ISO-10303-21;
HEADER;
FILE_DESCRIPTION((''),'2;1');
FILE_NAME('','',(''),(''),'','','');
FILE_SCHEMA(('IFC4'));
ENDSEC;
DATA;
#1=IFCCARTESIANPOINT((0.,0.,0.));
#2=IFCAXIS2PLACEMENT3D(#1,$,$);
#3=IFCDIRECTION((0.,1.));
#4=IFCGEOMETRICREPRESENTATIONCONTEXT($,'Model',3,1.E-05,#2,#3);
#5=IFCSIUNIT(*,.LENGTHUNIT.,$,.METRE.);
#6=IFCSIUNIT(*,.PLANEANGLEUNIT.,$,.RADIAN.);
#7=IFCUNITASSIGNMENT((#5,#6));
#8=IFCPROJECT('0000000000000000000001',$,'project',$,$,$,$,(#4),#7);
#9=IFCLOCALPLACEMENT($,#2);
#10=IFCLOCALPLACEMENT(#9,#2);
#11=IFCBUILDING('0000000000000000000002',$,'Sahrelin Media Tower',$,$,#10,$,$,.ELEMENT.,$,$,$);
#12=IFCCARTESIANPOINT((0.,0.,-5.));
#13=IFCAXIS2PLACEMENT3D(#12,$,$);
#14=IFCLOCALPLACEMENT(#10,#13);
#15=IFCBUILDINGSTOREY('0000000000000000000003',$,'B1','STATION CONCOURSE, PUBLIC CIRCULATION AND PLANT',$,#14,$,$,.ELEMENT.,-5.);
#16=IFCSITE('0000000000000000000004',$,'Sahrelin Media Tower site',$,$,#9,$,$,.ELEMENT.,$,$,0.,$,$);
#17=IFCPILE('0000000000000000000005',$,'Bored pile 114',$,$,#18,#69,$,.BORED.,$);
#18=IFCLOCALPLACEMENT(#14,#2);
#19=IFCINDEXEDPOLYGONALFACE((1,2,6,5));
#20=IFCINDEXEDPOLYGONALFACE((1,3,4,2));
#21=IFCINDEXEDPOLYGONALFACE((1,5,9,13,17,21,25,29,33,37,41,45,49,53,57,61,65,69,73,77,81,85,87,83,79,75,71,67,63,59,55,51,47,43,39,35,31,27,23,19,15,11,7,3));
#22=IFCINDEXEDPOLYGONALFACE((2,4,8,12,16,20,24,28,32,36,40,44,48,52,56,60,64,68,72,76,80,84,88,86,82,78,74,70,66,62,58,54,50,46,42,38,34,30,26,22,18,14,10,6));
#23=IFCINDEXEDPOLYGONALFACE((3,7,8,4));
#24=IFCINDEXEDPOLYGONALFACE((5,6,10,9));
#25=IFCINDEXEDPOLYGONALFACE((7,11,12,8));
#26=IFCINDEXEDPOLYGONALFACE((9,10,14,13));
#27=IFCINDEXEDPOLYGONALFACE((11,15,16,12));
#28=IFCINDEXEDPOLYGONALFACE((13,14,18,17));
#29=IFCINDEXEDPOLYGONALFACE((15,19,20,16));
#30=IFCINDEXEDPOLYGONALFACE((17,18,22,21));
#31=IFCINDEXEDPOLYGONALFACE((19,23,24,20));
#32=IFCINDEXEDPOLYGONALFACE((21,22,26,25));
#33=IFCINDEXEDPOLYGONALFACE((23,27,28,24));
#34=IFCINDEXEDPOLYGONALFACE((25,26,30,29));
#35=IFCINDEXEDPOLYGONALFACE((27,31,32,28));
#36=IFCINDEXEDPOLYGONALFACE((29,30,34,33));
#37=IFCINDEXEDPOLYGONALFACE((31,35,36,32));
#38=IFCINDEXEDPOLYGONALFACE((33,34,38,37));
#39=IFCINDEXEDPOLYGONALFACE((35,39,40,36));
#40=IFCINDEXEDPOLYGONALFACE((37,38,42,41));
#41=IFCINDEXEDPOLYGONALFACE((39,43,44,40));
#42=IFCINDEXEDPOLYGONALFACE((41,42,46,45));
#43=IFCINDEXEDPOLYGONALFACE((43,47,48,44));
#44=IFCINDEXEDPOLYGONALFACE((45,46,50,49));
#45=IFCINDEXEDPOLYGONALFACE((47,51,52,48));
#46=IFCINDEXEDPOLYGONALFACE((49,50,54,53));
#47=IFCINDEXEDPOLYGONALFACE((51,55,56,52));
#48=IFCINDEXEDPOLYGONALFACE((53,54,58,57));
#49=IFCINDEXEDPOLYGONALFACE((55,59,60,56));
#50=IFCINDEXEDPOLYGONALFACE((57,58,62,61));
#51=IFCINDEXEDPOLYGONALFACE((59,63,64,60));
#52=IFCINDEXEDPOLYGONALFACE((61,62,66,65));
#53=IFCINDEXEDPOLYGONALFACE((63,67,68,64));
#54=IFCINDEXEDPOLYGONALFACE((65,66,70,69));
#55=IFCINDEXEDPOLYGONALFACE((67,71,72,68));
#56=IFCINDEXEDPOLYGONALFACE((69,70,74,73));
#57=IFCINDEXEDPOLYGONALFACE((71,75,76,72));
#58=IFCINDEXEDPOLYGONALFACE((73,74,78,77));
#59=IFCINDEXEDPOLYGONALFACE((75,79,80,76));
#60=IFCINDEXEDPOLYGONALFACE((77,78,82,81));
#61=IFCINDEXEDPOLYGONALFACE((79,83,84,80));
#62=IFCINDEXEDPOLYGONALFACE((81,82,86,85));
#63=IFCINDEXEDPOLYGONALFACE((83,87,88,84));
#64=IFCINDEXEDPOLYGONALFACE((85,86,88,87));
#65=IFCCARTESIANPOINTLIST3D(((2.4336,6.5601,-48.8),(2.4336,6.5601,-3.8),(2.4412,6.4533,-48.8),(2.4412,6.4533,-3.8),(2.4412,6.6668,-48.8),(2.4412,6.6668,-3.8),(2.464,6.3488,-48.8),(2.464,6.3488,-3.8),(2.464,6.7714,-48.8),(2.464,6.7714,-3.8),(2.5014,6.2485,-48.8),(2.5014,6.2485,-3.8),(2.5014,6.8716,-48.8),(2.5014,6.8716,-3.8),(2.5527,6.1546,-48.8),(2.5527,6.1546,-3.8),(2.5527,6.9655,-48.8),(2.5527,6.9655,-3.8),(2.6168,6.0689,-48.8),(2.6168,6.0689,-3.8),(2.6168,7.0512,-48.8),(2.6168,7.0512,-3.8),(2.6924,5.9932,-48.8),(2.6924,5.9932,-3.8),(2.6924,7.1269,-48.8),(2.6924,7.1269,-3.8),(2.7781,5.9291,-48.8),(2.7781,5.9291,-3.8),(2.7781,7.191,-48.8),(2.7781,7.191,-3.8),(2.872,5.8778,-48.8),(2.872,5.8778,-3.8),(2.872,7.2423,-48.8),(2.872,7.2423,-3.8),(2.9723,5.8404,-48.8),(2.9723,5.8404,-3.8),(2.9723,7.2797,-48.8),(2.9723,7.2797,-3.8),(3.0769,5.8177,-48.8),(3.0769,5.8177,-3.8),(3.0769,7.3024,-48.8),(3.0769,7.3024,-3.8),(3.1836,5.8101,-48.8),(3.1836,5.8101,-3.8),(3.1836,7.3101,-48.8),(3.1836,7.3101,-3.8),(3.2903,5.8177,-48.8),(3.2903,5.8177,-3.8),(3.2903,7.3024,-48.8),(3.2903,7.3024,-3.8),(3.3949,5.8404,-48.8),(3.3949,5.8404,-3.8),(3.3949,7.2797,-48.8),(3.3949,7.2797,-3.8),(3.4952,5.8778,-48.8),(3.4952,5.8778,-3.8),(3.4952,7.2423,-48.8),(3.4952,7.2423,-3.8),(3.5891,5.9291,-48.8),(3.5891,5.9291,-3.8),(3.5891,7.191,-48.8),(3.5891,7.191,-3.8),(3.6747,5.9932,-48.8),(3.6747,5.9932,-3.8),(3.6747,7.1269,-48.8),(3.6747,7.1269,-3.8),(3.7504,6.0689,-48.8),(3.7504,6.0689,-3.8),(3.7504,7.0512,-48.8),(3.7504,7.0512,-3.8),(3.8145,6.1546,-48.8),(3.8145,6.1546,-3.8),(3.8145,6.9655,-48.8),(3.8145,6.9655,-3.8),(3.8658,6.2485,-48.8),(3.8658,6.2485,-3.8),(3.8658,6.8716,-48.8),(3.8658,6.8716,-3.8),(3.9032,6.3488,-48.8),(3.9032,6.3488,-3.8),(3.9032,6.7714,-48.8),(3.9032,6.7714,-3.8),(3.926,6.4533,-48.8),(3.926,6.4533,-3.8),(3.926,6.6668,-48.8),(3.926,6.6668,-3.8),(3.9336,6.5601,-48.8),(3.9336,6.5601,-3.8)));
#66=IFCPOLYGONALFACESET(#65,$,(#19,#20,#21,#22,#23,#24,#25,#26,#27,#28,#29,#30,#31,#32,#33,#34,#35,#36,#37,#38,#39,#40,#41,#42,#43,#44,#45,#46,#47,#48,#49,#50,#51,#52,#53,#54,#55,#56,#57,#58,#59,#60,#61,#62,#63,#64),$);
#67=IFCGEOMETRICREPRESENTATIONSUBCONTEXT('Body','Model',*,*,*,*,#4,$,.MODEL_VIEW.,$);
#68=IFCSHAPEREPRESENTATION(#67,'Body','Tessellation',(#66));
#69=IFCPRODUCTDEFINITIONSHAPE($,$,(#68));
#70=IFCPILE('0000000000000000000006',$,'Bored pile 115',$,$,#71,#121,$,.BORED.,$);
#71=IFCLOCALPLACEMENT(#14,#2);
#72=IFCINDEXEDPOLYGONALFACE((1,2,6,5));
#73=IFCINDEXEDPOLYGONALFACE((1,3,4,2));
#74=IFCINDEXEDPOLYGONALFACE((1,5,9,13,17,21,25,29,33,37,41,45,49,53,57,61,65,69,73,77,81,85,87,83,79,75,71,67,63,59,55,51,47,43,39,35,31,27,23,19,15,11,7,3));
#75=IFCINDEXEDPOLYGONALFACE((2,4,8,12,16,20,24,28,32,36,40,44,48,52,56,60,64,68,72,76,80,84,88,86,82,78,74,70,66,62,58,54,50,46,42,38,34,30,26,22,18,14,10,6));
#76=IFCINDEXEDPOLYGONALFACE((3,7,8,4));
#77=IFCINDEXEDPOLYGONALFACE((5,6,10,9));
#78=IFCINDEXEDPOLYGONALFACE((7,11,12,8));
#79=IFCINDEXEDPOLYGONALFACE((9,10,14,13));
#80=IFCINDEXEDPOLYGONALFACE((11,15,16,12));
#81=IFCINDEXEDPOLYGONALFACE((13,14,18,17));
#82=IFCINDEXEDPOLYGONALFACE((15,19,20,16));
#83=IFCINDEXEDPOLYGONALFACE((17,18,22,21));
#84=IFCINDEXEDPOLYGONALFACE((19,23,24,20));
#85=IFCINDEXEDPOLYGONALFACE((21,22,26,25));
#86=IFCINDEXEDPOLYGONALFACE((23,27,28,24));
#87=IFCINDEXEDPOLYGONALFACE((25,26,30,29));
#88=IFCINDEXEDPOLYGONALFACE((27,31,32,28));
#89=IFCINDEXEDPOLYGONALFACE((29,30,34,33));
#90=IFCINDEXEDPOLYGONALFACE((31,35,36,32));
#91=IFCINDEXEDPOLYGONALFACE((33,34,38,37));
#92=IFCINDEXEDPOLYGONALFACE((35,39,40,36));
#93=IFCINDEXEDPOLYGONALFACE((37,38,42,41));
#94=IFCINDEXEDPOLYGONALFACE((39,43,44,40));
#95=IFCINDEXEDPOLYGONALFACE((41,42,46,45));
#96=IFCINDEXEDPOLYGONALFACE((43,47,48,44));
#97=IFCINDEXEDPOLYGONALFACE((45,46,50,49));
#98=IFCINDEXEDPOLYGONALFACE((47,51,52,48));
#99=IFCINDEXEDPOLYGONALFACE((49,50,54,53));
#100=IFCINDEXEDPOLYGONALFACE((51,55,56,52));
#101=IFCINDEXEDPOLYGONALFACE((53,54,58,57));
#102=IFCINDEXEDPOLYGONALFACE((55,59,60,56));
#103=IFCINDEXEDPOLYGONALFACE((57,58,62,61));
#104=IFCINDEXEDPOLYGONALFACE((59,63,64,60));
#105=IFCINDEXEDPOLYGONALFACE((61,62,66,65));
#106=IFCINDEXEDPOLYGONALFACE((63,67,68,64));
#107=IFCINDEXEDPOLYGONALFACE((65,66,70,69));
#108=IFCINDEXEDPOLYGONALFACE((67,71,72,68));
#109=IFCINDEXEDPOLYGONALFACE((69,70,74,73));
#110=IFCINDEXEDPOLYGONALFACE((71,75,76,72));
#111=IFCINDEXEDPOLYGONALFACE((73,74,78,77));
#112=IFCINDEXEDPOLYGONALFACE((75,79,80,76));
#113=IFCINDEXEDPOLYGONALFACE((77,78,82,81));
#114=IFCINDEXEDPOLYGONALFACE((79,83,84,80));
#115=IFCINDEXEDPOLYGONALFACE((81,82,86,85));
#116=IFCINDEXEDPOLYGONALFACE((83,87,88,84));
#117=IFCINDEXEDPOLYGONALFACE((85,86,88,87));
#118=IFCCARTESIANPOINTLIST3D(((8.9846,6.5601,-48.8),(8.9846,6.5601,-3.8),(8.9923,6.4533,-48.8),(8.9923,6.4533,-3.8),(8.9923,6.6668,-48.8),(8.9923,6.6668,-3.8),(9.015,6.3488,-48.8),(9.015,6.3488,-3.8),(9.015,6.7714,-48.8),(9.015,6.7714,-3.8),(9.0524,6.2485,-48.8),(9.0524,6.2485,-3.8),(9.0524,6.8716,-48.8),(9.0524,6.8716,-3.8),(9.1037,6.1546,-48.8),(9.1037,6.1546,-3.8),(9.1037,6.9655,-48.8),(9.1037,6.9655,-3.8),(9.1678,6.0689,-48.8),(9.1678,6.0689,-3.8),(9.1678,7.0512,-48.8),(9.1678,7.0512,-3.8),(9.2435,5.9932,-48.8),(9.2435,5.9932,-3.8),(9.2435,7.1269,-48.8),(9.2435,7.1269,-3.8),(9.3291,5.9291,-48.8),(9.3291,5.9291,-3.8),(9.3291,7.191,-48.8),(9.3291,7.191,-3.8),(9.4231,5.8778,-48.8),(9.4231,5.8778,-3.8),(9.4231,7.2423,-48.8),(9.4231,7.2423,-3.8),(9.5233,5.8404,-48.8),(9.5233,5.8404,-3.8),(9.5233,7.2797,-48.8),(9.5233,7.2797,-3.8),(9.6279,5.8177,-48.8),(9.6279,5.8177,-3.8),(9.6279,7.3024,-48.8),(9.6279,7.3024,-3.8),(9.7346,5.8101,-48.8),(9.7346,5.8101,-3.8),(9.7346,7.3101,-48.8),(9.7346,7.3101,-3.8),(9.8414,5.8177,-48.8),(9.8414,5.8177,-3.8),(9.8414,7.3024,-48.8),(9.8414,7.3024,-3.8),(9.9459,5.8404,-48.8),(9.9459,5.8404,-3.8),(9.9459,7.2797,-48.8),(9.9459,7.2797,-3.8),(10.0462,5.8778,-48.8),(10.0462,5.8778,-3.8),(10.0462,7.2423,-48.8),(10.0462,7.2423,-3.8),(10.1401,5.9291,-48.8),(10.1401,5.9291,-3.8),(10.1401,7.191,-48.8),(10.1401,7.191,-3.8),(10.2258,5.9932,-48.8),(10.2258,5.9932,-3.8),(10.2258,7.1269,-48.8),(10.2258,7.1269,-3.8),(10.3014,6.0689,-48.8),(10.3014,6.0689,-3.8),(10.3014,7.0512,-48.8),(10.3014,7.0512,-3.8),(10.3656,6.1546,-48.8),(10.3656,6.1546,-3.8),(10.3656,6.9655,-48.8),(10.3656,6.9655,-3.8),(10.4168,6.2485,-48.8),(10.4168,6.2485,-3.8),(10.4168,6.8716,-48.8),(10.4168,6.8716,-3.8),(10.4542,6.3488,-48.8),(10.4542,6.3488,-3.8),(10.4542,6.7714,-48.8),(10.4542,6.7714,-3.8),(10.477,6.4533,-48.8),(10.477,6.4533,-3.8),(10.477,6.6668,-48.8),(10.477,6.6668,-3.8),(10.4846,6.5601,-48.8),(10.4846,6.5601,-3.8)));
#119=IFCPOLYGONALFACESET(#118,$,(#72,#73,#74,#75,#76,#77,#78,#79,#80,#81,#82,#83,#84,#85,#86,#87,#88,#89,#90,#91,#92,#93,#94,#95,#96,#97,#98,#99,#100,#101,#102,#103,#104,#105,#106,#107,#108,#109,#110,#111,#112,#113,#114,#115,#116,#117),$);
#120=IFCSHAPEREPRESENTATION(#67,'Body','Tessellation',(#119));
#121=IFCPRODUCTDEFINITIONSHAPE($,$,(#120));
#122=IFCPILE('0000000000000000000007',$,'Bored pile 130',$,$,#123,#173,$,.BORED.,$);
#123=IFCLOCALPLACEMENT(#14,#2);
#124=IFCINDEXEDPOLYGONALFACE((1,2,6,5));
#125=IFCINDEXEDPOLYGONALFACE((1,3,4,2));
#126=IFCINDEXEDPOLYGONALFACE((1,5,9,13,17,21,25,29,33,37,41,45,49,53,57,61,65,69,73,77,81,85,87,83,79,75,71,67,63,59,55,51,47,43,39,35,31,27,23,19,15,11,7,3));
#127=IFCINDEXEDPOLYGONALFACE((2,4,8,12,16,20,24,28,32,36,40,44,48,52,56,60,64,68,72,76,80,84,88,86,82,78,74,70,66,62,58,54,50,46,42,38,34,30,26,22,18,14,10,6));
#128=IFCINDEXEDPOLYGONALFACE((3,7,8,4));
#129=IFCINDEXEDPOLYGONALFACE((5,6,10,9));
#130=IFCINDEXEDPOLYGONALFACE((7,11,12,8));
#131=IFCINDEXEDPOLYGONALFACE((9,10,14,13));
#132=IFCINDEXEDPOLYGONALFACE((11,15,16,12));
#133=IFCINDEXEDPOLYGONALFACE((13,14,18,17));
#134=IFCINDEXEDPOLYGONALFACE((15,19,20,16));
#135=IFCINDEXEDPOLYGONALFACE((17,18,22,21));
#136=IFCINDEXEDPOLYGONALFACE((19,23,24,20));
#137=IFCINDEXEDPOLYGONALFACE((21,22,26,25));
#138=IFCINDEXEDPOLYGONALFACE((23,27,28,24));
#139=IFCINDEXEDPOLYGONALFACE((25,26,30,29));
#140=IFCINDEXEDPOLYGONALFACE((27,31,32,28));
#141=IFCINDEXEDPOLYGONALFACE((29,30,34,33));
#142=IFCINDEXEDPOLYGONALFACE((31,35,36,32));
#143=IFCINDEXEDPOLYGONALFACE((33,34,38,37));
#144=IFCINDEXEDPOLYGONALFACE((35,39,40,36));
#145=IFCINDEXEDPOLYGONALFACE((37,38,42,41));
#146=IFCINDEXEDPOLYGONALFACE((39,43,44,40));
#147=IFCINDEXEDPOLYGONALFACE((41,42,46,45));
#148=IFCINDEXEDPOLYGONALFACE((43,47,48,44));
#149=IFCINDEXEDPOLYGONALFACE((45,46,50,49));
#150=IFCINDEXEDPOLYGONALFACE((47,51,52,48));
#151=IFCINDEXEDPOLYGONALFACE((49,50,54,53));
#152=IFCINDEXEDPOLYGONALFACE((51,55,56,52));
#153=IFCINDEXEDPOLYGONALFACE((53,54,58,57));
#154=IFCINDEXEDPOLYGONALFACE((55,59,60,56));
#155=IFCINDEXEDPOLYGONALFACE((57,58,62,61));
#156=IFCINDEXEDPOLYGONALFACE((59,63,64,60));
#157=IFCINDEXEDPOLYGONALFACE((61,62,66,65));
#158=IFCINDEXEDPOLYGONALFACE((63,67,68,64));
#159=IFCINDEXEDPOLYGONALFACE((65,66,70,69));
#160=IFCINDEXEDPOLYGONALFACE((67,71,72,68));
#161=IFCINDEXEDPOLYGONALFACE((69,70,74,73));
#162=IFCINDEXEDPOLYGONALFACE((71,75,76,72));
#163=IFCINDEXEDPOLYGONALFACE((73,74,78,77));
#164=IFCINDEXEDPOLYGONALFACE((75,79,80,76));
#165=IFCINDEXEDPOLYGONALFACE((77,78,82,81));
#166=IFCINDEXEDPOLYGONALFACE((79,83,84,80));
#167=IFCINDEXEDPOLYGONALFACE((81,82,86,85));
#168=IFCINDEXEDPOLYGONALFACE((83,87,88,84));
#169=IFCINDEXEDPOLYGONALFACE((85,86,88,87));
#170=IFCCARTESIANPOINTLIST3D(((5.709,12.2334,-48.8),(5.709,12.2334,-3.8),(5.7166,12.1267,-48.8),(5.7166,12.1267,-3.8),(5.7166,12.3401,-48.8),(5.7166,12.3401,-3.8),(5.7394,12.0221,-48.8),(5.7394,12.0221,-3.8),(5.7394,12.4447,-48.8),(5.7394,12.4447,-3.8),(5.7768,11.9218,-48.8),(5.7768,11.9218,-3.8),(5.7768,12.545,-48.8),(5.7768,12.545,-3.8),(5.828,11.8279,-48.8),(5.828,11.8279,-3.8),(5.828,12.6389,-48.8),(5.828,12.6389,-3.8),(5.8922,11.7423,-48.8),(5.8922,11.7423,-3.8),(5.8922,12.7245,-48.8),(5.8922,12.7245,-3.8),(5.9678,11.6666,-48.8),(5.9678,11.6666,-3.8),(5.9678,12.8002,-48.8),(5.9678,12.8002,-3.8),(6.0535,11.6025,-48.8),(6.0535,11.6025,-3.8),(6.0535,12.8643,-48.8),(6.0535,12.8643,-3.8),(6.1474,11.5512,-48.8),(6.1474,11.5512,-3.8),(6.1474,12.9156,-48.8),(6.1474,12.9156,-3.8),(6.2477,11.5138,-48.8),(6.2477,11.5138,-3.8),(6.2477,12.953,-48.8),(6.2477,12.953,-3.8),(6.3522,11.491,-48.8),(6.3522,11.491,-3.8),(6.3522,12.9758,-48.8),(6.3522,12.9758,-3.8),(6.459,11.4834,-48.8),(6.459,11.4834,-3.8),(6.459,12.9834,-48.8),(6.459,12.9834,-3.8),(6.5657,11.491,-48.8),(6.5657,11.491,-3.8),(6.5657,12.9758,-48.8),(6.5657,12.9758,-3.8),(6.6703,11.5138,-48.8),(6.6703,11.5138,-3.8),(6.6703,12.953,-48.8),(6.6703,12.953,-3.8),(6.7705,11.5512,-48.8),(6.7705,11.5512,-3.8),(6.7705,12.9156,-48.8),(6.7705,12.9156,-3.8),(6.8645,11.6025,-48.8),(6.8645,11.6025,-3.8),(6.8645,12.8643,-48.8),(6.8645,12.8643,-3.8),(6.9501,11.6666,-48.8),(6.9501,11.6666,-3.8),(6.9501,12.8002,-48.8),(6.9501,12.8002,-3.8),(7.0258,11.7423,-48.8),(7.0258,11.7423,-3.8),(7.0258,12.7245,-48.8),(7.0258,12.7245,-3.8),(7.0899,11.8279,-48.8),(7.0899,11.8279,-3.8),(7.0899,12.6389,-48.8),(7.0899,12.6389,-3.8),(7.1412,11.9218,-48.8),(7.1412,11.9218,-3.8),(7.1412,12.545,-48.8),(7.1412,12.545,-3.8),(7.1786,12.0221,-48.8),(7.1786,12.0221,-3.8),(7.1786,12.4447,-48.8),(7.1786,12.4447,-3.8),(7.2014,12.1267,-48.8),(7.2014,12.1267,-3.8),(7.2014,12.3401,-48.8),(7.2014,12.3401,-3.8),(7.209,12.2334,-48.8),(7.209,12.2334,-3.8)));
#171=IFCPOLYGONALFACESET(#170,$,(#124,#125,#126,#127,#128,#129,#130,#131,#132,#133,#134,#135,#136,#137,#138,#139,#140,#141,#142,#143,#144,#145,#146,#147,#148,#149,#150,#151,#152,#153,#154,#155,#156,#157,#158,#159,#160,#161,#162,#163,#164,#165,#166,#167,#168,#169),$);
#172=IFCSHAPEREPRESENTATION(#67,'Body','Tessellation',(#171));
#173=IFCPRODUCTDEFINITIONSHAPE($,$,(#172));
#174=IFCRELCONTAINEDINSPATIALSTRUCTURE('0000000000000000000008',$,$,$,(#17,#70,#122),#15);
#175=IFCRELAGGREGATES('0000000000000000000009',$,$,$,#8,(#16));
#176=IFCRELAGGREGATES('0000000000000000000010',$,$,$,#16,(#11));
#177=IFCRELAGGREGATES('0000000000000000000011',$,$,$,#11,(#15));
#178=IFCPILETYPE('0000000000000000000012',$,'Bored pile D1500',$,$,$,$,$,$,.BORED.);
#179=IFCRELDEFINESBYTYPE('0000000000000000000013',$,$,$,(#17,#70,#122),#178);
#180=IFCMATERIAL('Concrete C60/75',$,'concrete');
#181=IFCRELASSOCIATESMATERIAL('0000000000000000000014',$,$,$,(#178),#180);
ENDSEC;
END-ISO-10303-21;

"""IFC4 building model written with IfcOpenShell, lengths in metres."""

from ifc_helpers import new_model, si_unit, direction, frame, origin, origin_2d, place, context, subcontext, project, spatial, circle, extrude, material, material_profile, profile_set, type_object, element, save


model = new_model("IFC4")

# Units and contexts
model_context = context("Model", 3, precision=1e-05, world=origin(), true_north=direction((0.0, 1.0)))
body_context = subcontext(model_context, "Body", "Model", "MODEL_VIEW")
ifc_project = project(units=[si_unit("LENGTHUNIT", "METRE"), si_unit("PLANEANGLEUNIT", "RADIAN")], contexts=[model_context])

# Site, building, storey
site_placement = place(None, origin())
site = spatial("IfcSite", under=ifc_project, at=site_placement, Name="Sahrelin Media Tower site", CompositionType="ELEMENT", RefElevation=0.0)
building_placement = place(site_placement, origin())
building = spatial("IfcBuilding", under=site, at=building_placement, Name="Sahrelin Media Tower", CompositionType="ELEMENT")
storey_placement = place(building_placement, frame((0.0, 0.0, -5.0)))
storey = spatial("IfcBuildingStorey", under=building, at=storey_placement, Name="B1", Description="STATION CONCOURSE, PUBLIC CIRCULATION AND PLANT", CompositionType="ELEMENT", Elevation=-5.0)

# Piles
ifc_material_1 = material(Name="Concrete C60/75", Category="concrete")
ifc_material_profile_1 = material_profile(ifc_material_1, circle(Radius=0.75, at=origin_2d()), Name="Bored pile D1500")
ifc_profile_set_1 = profile_set([ifc_material_profile_1], Name="Concrete C60/75")
pile_type = type_object("IfcPileType", Name="Bored pile D1500", PredefinedType="BORED", material=ifc_profile_set_1)
for number, where, z_axis, x_axis, name in (
    (1, (3.1836, 6.5601, -3.8), (0.0, 0.0, -1.0), (1.0, 0.0, 0.0), "Bored pile 114"),
    (2, (9.7346, 6.5601, -3.8), (0.0, 0.0, -1.0), (1.0, 0.0, 0.0), "Bored pile 115"),
    (3, (6.459, 12.2334, -3.8), (0.0, 0.0, -1.0), (1.0, 0.0, 0.0), "Bored pile 130"),
):
    element("IfcPile", number, at=place(storey_placement, frame(where, z_axis=z_axis, x_axis=x_axis)), inside=storey, type_object=pile_type, Name=name, PredefinedType="BORED", context=body_context, shape_type="SweptSolid", body=[
        extrude(circle(Radius=0.75, at=origin_2d()), origin(), (0.0, 0.0, 1.0), 45.0),
    ])

save(model, "model.ifc")
